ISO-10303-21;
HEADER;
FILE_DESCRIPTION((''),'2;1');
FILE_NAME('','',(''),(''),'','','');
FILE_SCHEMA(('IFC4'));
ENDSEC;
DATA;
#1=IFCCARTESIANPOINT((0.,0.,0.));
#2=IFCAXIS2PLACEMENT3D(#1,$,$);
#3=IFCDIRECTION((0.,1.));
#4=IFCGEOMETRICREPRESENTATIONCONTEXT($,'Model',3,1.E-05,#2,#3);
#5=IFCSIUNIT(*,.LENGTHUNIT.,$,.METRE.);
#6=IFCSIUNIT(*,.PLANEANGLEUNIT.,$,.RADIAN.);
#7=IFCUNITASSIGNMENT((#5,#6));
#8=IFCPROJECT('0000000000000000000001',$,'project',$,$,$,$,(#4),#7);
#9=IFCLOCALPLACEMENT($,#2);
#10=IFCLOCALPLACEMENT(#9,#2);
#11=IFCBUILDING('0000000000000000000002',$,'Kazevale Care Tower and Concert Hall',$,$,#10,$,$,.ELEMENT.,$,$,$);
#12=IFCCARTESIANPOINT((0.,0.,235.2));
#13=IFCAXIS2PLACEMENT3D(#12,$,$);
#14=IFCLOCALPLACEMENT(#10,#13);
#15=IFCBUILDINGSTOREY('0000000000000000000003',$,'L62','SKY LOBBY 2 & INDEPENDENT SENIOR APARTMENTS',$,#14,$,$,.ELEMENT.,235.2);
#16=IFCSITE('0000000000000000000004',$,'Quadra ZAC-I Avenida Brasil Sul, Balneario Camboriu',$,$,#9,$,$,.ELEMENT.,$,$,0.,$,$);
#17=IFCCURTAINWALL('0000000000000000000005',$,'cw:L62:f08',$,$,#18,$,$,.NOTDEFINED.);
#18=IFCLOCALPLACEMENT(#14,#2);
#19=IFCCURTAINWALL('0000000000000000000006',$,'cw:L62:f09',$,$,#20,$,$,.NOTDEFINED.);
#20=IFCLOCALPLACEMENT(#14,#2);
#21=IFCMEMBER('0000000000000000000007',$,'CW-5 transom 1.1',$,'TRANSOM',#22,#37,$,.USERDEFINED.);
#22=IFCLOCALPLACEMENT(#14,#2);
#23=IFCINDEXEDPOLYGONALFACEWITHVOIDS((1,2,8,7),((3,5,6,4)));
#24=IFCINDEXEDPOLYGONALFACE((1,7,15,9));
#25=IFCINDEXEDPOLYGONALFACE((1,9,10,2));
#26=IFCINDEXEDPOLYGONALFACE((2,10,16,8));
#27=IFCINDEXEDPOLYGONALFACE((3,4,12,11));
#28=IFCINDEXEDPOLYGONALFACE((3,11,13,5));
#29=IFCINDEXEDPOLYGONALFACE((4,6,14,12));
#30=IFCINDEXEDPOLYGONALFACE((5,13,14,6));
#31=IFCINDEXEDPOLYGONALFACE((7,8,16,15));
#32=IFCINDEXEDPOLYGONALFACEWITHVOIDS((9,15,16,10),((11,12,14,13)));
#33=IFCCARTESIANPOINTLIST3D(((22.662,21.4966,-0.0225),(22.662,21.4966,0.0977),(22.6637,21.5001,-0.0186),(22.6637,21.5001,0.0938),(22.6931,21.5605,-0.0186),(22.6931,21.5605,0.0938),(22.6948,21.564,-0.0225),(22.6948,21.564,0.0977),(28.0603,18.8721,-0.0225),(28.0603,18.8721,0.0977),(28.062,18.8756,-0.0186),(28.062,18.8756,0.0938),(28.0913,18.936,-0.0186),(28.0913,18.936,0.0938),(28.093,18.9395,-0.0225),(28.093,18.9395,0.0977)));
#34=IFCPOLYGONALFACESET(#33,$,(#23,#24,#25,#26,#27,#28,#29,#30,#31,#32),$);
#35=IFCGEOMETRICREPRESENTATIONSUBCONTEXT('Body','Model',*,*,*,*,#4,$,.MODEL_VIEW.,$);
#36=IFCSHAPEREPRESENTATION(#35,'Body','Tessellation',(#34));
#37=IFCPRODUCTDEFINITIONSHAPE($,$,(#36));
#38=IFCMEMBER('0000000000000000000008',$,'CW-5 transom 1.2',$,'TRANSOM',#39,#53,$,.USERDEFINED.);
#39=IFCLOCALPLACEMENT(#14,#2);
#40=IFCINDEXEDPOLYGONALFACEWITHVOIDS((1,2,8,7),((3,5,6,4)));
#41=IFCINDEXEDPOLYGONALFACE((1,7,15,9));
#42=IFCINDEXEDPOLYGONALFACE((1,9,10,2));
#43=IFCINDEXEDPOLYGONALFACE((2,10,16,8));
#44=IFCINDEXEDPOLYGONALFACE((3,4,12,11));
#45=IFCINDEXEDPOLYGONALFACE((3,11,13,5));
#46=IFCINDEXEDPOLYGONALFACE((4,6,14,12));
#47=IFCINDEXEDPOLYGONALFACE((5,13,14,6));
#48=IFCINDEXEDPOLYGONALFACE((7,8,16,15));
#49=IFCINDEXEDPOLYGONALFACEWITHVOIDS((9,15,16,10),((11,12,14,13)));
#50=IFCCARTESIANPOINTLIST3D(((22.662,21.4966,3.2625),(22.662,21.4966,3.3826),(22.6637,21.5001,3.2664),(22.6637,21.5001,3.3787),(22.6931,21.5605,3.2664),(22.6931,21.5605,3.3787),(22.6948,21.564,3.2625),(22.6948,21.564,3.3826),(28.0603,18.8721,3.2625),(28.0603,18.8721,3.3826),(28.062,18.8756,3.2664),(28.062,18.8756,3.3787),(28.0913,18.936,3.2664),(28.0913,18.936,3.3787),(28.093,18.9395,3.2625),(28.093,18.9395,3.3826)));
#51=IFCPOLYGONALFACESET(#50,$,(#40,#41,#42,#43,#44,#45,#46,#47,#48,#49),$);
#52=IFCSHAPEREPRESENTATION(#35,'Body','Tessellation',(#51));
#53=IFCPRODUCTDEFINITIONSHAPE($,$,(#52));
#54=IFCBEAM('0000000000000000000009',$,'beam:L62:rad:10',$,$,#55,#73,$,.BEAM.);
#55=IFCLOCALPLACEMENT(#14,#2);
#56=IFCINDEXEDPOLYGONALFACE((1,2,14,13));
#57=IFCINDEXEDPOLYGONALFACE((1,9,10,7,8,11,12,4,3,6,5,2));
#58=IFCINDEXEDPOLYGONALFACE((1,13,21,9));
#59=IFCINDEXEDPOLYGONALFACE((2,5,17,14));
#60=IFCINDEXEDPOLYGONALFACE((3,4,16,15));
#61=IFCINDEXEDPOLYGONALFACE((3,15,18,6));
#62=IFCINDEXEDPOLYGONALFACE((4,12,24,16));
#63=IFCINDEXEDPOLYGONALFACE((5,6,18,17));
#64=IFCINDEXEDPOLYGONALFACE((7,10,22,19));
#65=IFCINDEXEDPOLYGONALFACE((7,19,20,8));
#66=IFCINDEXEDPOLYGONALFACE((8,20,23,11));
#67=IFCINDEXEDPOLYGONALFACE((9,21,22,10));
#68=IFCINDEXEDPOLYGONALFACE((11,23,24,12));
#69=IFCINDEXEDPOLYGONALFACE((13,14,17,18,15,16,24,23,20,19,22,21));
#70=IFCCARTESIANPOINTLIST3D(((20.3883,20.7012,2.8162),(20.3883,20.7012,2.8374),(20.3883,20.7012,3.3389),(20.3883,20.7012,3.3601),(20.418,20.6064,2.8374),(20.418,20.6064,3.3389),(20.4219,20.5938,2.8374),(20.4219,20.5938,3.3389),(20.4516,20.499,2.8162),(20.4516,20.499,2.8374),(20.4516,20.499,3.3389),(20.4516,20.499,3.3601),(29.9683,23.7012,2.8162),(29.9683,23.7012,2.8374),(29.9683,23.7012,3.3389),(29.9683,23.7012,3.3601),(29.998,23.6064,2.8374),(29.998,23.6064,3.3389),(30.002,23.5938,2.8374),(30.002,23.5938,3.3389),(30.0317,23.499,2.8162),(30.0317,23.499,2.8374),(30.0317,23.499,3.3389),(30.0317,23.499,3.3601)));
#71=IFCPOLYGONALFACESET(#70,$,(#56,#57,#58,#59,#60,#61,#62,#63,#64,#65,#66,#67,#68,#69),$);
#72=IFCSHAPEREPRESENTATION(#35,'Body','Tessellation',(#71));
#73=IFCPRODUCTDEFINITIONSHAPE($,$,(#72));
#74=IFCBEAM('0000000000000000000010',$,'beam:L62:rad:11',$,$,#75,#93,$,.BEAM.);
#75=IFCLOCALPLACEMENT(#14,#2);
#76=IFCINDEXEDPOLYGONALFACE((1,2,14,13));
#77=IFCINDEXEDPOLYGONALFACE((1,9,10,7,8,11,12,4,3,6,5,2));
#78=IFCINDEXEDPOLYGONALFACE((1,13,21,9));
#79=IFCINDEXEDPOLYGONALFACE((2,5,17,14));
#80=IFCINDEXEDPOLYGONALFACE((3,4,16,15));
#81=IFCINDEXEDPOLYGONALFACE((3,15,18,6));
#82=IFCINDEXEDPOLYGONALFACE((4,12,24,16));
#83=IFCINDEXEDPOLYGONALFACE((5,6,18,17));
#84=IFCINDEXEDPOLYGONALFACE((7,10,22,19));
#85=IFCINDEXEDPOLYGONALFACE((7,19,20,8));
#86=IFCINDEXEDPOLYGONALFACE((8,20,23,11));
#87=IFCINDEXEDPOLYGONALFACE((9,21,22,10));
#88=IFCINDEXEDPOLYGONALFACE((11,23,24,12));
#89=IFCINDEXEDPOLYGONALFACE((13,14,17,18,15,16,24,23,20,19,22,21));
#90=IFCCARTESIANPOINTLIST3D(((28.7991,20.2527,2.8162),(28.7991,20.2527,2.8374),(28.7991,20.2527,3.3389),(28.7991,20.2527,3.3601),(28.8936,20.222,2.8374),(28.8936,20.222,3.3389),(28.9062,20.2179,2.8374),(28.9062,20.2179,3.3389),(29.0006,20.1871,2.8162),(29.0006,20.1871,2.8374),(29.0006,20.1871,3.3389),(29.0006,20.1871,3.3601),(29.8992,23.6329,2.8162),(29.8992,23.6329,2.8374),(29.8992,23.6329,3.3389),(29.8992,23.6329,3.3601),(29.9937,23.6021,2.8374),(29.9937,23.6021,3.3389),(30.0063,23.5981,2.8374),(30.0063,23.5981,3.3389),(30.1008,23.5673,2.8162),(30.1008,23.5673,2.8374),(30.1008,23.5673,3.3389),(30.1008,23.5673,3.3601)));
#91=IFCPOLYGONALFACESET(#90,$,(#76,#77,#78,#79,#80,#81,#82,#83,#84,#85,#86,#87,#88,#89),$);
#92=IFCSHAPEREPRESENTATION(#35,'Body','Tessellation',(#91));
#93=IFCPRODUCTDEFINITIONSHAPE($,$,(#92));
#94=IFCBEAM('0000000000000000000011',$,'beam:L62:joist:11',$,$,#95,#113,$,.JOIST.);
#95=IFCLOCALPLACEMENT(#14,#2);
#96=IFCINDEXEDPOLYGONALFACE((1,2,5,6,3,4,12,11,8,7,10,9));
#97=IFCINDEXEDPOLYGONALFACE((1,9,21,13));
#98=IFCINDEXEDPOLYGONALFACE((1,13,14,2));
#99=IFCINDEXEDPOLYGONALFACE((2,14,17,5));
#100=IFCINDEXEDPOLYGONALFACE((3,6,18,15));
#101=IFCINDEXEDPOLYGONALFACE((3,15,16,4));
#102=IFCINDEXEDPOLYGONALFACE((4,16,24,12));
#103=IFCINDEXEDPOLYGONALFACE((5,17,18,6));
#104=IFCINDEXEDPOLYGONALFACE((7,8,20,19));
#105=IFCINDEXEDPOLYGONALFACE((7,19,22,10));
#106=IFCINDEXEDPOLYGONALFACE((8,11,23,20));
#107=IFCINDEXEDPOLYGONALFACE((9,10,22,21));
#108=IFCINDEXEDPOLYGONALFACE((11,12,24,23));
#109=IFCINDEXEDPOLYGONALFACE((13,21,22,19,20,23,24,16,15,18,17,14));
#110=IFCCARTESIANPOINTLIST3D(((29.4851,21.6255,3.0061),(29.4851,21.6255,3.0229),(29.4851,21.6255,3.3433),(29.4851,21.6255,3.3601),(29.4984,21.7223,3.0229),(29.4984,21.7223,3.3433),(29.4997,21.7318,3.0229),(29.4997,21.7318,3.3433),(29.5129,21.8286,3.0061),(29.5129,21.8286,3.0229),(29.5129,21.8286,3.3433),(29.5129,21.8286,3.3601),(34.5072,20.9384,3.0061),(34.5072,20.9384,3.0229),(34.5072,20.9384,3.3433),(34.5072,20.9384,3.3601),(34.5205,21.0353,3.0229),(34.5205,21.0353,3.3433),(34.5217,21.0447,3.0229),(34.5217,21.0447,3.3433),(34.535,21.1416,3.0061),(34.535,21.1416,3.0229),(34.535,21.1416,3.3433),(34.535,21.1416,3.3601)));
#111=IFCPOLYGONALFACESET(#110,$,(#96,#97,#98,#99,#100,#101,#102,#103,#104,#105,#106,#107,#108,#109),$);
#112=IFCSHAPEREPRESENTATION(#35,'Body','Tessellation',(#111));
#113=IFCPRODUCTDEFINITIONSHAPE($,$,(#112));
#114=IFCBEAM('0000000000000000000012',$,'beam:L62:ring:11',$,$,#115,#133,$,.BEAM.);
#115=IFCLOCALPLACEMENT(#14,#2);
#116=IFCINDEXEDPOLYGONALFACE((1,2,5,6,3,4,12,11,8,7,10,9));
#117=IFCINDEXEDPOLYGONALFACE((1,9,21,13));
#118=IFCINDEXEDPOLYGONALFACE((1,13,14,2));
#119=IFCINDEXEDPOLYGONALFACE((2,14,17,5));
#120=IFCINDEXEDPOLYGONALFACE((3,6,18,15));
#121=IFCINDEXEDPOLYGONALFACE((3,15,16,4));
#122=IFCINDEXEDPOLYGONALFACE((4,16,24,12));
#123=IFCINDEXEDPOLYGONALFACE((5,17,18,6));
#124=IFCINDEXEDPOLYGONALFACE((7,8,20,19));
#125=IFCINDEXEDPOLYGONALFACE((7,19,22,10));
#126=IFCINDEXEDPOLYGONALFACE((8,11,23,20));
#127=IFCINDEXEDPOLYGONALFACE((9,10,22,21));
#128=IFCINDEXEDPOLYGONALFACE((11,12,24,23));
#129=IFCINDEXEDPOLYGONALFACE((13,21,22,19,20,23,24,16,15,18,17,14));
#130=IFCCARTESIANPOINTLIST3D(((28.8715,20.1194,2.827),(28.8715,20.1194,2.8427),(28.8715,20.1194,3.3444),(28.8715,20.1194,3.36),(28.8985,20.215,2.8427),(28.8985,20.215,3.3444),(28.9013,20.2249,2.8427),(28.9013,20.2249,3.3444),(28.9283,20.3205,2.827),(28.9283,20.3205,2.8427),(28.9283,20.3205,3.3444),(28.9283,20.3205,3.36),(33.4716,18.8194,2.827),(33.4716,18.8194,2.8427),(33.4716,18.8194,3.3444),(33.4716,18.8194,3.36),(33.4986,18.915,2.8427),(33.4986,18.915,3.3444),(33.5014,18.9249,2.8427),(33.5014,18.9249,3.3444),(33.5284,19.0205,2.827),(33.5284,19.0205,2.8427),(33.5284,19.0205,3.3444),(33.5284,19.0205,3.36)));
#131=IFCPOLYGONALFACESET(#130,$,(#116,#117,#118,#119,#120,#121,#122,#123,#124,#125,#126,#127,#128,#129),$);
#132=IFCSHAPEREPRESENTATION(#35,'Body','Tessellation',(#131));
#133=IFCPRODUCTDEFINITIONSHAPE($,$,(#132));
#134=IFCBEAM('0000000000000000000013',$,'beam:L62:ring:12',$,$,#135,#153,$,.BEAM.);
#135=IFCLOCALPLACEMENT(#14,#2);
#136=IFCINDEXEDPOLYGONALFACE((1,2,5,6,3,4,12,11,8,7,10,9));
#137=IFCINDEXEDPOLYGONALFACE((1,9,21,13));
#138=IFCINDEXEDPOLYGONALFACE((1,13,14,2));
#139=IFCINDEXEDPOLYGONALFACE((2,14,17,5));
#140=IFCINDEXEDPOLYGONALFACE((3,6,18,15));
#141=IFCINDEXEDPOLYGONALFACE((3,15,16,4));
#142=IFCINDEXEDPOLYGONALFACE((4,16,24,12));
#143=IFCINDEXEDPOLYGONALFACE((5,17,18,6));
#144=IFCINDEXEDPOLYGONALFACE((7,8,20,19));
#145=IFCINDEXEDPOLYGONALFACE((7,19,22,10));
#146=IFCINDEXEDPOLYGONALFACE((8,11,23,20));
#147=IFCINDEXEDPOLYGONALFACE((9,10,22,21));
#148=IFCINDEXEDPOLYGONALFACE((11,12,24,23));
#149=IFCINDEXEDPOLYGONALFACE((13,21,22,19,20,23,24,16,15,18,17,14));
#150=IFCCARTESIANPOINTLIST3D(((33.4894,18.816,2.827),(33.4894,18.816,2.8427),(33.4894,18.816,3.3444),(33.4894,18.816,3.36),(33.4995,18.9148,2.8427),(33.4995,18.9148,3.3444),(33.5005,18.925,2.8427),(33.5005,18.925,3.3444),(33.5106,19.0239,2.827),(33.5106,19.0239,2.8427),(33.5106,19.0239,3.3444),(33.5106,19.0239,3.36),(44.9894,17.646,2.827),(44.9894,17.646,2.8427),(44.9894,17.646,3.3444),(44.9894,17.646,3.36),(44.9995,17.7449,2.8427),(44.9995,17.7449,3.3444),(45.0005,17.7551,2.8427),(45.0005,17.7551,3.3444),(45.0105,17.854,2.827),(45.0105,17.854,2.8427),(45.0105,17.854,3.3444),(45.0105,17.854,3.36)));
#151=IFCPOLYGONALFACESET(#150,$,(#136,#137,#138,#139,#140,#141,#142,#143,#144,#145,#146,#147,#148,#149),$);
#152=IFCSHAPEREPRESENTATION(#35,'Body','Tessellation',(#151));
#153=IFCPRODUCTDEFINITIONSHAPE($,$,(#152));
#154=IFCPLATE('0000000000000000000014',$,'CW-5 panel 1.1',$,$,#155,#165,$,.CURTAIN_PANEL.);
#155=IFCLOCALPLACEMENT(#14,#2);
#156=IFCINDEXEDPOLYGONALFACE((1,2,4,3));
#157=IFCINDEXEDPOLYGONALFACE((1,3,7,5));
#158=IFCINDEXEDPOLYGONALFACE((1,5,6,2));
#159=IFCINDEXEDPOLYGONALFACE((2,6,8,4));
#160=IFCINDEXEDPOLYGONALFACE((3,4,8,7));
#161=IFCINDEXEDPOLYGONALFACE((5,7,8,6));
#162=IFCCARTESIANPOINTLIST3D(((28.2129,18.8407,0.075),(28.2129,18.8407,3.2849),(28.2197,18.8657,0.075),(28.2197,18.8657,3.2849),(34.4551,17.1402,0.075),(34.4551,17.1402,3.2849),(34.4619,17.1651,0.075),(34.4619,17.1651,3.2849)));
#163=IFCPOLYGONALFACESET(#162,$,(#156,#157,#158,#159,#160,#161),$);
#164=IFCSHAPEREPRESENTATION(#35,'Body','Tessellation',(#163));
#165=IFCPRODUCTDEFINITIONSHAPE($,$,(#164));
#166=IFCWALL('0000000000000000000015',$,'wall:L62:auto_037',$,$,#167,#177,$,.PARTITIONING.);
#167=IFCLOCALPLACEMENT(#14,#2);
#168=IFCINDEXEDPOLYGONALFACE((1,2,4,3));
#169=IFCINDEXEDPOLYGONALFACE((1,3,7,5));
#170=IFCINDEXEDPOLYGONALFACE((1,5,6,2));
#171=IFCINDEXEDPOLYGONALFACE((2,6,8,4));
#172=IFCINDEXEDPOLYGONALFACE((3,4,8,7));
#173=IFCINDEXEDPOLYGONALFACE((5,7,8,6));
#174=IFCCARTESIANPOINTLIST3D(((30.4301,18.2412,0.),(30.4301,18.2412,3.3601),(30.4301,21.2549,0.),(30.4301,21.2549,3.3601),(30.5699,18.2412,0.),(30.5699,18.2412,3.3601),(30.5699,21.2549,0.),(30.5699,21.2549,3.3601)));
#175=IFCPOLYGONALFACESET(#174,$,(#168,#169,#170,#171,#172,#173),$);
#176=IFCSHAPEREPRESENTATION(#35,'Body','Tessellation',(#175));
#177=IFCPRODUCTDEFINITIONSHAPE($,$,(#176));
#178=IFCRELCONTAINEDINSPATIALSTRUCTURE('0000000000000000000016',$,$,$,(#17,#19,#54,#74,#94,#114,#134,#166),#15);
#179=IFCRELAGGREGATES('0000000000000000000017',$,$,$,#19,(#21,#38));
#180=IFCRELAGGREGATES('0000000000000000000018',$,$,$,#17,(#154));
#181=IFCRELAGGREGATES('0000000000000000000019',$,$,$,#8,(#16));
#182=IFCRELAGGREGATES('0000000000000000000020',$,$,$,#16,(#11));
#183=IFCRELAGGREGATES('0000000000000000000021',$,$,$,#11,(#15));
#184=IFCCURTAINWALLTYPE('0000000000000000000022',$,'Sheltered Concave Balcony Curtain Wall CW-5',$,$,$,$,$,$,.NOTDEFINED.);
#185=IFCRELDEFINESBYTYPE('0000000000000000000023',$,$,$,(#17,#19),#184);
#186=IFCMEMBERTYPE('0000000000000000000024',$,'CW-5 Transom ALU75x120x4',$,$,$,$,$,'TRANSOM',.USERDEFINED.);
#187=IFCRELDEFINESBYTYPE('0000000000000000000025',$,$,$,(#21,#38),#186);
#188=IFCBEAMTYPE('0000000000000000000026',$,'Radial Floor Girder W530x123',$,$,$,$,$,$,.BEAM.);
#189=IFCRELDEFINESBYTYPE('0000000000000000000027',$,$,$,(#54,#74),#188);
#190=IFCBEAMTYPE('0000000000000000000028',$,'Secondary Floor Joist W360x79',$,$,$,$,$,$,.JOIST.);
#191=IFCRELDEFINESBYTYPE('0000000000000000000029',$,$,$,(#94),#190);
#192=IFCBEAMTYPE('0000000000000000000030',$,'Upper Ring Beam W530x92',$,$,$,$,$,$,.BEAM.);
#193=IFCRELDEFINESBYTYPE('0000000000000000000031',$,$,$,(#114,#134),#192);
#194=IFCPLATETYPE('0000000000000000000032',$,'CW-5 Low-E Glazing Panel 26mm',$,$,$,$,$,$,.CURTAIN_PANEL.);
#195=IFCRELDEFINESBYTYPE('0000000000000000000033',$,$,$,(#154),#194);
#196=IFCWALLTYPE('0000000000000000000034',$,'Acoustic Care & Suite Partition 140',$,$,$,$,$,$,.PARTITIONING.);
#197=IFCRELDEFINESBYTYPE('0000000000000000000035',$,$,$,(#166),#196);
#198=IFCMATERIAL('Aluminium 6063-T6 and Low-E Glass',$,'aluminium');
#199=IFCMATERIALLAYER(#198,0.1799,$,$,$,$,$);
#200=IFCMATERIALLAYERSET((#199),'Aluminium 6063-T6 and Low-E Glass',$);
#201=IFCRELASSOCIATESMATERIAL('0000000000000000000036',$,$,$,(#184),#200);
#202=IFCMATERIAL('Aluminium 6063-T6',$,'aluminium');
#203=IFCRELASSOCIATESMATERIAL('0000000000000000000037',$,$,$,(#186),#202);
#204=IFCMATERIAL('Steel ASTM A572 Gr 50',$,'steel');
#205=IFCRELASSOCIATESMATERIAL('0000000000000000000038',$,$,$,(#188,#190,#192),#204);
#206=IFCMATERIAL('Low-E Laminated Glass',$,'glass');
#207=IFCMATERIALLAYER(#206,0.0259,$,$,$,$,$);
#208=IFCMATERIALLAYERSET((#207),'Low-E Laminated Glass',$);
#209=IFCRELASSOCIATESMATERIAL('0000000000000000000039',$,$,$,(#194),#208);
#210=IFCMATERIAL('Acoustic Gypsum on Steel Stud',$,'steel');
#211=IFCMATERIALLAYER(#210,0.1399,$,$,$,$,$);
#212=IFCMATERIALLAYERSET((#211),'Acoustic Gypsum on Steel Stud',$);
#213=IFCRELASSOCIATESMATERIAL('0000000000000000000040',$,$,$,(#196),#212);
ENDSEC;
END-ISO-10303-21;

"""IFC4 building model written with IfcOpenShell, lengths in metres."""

from ifc_helpers import new_model, si_unit, direction, frame, frame_2d, origin, origin_2d, place, context, subcontext, project, spatial, rectangle, hollow_rectangle, i_section, extrude, material, layer, layer_set, material_profile, profile_set, type_object, element, aggregate, save


model = new_model("IFC4")

# Units and contexts
model_context = context("Model", 3, precision=1e-05, world=origin(), true_north=direction((0.0, 1.0)))
body_context = subcontext(model_context, "Body", "Model", "MODEL_VIEW")
ifc_project = project(units=[si_unit("LENGTHUNIT", "METRE"), si_unit("PLANEANGLEUNIT", "RADIAN")], contexts=[model_context])

# Site, building, storey
site_placement = place(None, origin())
site = spatial("IfcSite", under=ifc_project, at=site_placement, Name="Quadra ZAC-I Avenida Brasil Sul, Balneario Camboriu", CompositionType="ELEMENT", RefElevation=0.0)
building_placement = place(site_placement, origin())
building = spatial("IfcBuilding", under=site, at=building_placement, Name="Kazevale Care Tower and Concert Hall", CompositionType="ELEMENT")
storey_placement = place(building_placement, frame((0.0, 0.0, 235.2)))
storey = spatial("IfcBuildingStorey", under=building, at=storey_placement, Name="L62", Description="SKY LOBBY 2 & INDEPENDENT SENIOR APARTMENTS", CompositionType="ELEMENT", Elevation=235.2)

# Curtain walls
ifc_material_1 = material(Name="Aluminium 6063-T6 and Low-E Glass", Category="aluminium")
ifc_layer_1 = layer(ifc_material_1, 0.1799)
ifc_layer_set_1 = layer_set([ifc_layer_1], Name="Aluminium 6063-T6 and Low-E Glass")
curtain_wall_type = type_object("IfcCurtainWallType", Name="Sheltered Concave Balcony Curtain Wall CW-5", PredefinedType="NOTDEFINED", material=ifc_layer_set_1)
curtain_wall_1_placement = place(storey_placement, origin())
curtain_wall_1 = element("IfcCurtainWall", 1, at=curtain_wall_1_placement, inside=storey, type_object=curtain_wall_type, Name="cw:L62:f08", PredefinedType="NOTDEFINED")
ifc_material_2 = material(Name="Aluminium 6063-T6", Category="aluminium")
curtain_wall_2_placement = place(storey_placement, origin())
curtain_wall_2 = element("IfcCurtainWall", 2, at=curtain_wall_2_placement, inside=storey, type_object=curtain_wall_type, Name="cw:L62:f09", PredefinedType="NOTDEFINED")

# Members
ifc_material_profile_1 = material_profile(ifc_material_2, hollow_rectangle(XDim=0.075, YDim=0.1201, WallThickness=0.0039, at=origin_2d()), Name="ALU75x120x4")
ifc_profile_set_1 = profile_set([ifc_material_profile_1], Name="Aluminium 6063-T6")
member_type_1 = type_object("IfcMemberType", Name="CW-5 Transom ALU75x120x4", ElementType="TRANSOM", PredefinedType="USERDEFINED", material=ifc_profile_set_1)
member_1_placement = place(storey_placement, frame((28.0767, 18.9058, 0.0376), z_axis=(-0.899342, 0.437245, 0.0), x_axis=(-0.437245, -0.899342, 0.0)))
member_1 = element("IfcMember", 3, at=member_1_placement, type_object=member_type_1, Name="CW-5 transom 1.1", ObjectType="TRANSOM", PredefinedType="USERDEFINED", context=body_context, shape_type="SweptSolid", body=[
    extrude(hollow_rectangle(XDim=0.075, YDim=0.1201, WallThickness=0.0039, at=origin_2d()), origin(), (0.0, 0.0, 1.0), 6.0024),
])
member_2_placement = place(storey_placement, frame((28.0767, 18.9058, 3.3225), z_axis=(-0.899342, 0.437245, 0.0), x_axis=(-0.437245, -0.899342, 0.0)))
member_2 = element("IfcMember", 4, at=member_2_placement, type_object=member_type_1, Name="CW-5 transom 1.2", ObjectType="TRANSOM", PredefinedType="USERDEFINED", context=body_context, shape_type="SweptSolid", body=[
    extrude(hollow_rectangle(XDim=0.075, YDim=0.1201, WallThickness=0.0039, at=origin_2d()), origin(), (0.0, 0.0, 1.0), 6.0024),
])
aggregate(curtain_wall_2, [member_1, member_2])

# Beams
ifc_material_3 = material(Name="Steel ASTM A572 Gr 50", Category="steel")
ifc_material_profile_2 = material_profile(ifc_material_3, i_section(OverallWidth=0.2119, OverallDepth=0.5439, WebThickness=0.0132, FlangeThickness=0.0212, at=origin_2d()), Name="W530x123")
ifc_profile_set_2 = profile_set([ifc_material_profile_2], Name="Steel ASTM A572 Gr 50")
beam_type_1 = type_object("IfcBeamType", Name="Radial Floor Girder W530x123", PredefinedType="BEAM", material=ifc_profile_set_2)
beam_1_placement = place(storey_placement, frame((30.0, 23.6001, 3.0881), z_axis=(-0.954303, -0.29884, 0.0), x_axis=(0.29884, -0.954303, 0.0)))
element("IfcBeam", 5, at=beam_1_placement, inside=storey, type_object=beam_type_1, Name="beam:L62:rad:10", PredefinedType="BEAM", context=body_context, shape_type="SweptSolid", body=[
    extrude(i_section(OverallWidth=0.2119, OverallDepth=0.5439, WebThickness=0.0132, FlangeThickness=0.0212, at=origin_2d()), origin(), (0.0, 0.0, 1.0), 10.0388),
])
beam_2_placement = place(storey_placement, frame((30.0, 23.6001, 3.0881), z_axis=(-0.309482, -0.950905, 0.0), x_axis=(0.950905, -0.309482, 0.0)))
element("IfcBeam", 6, at=beam_2_placement, inside=storey, type_object=beam_type_1, Name="beam:L62:rad:11", PredefinedType="BEAM", context=body_context, shape_type="SweptSolid", body=[
    extrude(i_section(OverallWidth=0.2119, OverallDepth=0.5439, WebThickness=0.0132, FlangeThickness=0.0212, at=origin_2d()), origin(), (0.0, 0.0, 1.0), 3.5547),
])
ifc_material_profile_3 = material_profile(ifc_material_3, i_section(OverallWidth=0.2051, OverallDepth=0.354, WebThickness=0.0095, FlangeThickness=0.0168, at=origin_2d()), Name="W360x79")
ifc_profile_set_3 = profile_set([ifc_material_profile_3], Name="Steel ASTM A572 Gr 50")
beam_type_2 = type_object("IfcBeamType", Name="Secondary Floor Joist W360x79", PredefinedType="JOIST", material=ifc_profile_set_3)
beam_3_placement = place(storey_placement, frame((29.499, 21.7271, 3.1831), z_axis=(0.990772, -0.135539, 0.0), x_axis=(0.135539, 0.990772, 0.0)))
element("IfcBeam", 7, at=beam_3_placement, inside=storey, type_object=beam_type_2, Name="beam:L62:joist:11", PredefinedType="JOIST", context=body_context, shape_type="SweptSolid", body=[
    extrude(i_section(OverallWidth=0.2051, OverallDepth=0.354, WebThickness=0.0095, FlangeThickness=0.0168, at=origin_2d()), origin(), (0.0, 0.0, 1.0), 5.0688),
])
ifc_material_profile_4 = material_profile(ifc_material_3, i_section(OverallWidth=0.209, OverallDepth=0.533, WebThickness=0.0103, FlangeThickness=0.0156, at=origin_2d()), Name="W530x92")
ifc_profile_set_4 = profile_set([ifc_material_profile_4], Name="Steel ASTM A572 Gr 50")
beam_type_3 = type_object("IfcBeamType", Name="Upper Ring Beam W530x92", PredefinedType="BEAM", material=ifc_profile_set_4)
beam_4_placement = place(storey_placement, frame((28.8999, 20.22, 3.0935), z_axis=(0.962308, -0.271961, 0.0), x_axis=(0.271961, 0.962308, 0.0)))
element("IfcBeam", 8, at=beam_4_placement, inside=storey, type_object=beam_type_3, Name="beam:L62:ring:11", PredefinedType="BEAM", context=body_context, shape_type="SweptSolid", body=[
    extrude(i_section(OverallWidth=0.209, OverallDepth=0.533, WebThickness=0.0103, FlangeThickness=0.0156, at=origin_2d()), origin(), (0.0, 0.0, 1.0), 4.7803),
])
beam_5_placement = place(storey_placement, frame((33.5, 18.9199, 3.0935), z_axis=(0.994865, -0.10121, 0.0), x_axis=(0.10121, 0.994865, 0.0)))
element("IfcBeam", 9, at=beam_5_placement, inside=storey, type_object=beam_type_3, Name="beam:L62:ring:12", PredefinedType="BEAM", context=body_context, shape_type="SweptSolid", body=[
    extrude(i_section(OverallWidth=0.209, OverallDepth=0.533, WebThickness=0.0103, FlangeThickness=0.0156, at=origin_2d()), origin(), (0.0, 0.0, 1.0), 11.5593),
])

# Plate
ifc_material_4 = material(Name="Low-E Laminated Glass", Category="glass")
ifc_layer_2 = layer(ifc_material_4, 0.0259)
ifc_layer_set_2 = layer_set([ifc_layer_2], Name="Low-E Laminated Glass")
plate_type = type_object("IfcPlateType", Name="CW-5 Low-E Glazing Panel 26mm", PredefinedType="CURTAIN_PANEL", material=ifc_layer_set_2)
plate_placement = place(storey_placement, frame((31.3374, 18.0029, 0.075), z_axis=(0.0, 0.0, 1.0), x_axis=(-0.964837, 0.262849, 0.0)))
plate = element("IfcPlate", 10, at=plate_placement, type_object=plate_type, Name="CW-5 panel 1.1", PredefinedType="CURTAIN_PANEL", context=body_context, shape_type="SweptSolid", body=[
    extrude(rectangle(XDim=6.4697, YDim=0.0259, at=origin_2d()), origin(), (0.0, 0.0, 1.0), 3.21),
])
aggregate(curtain_wall_1, [plate])

# Wall
ifc_material_5 = material(Name="Acoustic Gypsum on Steel Stud", Category="steel")
ifc_layer_3 = layer(ifc_material_5, 0.1399)
ifc_layer_set_3 = layer_set([ifc_layer_3], Name="Acoustic Gypsum on Steel Stud")
wall_type_1 = type_object("IfcWallType", Name="Acoustic Care & Suite Partition 140", PredefinedType="PARTITIONING", material=ifc_layer_set_3)
wall_1_placement = place(storey_placement, frame((30.5, 21.2549, 0.0), z_axis=(0.0, 0.0, 1.0), x_axis=(0.0, -1.0, 0.0)))
element("IfcWall", 11, at=wall_1_placement, inside=storey, type_object=wall_type_1, Name="wall:L62:auto_037", PredefinedType="PARTITIONING", context=body_context, shape_type="SweptSolid", body=[
    extrude(rectangle(XDim=3.0137, YDim=0.1399, at=frame_2d((1.5068, 0.0))), origin(), (0.0, 0.0, 1.0), 3.3601),
])

save(model, "model.ifc")
